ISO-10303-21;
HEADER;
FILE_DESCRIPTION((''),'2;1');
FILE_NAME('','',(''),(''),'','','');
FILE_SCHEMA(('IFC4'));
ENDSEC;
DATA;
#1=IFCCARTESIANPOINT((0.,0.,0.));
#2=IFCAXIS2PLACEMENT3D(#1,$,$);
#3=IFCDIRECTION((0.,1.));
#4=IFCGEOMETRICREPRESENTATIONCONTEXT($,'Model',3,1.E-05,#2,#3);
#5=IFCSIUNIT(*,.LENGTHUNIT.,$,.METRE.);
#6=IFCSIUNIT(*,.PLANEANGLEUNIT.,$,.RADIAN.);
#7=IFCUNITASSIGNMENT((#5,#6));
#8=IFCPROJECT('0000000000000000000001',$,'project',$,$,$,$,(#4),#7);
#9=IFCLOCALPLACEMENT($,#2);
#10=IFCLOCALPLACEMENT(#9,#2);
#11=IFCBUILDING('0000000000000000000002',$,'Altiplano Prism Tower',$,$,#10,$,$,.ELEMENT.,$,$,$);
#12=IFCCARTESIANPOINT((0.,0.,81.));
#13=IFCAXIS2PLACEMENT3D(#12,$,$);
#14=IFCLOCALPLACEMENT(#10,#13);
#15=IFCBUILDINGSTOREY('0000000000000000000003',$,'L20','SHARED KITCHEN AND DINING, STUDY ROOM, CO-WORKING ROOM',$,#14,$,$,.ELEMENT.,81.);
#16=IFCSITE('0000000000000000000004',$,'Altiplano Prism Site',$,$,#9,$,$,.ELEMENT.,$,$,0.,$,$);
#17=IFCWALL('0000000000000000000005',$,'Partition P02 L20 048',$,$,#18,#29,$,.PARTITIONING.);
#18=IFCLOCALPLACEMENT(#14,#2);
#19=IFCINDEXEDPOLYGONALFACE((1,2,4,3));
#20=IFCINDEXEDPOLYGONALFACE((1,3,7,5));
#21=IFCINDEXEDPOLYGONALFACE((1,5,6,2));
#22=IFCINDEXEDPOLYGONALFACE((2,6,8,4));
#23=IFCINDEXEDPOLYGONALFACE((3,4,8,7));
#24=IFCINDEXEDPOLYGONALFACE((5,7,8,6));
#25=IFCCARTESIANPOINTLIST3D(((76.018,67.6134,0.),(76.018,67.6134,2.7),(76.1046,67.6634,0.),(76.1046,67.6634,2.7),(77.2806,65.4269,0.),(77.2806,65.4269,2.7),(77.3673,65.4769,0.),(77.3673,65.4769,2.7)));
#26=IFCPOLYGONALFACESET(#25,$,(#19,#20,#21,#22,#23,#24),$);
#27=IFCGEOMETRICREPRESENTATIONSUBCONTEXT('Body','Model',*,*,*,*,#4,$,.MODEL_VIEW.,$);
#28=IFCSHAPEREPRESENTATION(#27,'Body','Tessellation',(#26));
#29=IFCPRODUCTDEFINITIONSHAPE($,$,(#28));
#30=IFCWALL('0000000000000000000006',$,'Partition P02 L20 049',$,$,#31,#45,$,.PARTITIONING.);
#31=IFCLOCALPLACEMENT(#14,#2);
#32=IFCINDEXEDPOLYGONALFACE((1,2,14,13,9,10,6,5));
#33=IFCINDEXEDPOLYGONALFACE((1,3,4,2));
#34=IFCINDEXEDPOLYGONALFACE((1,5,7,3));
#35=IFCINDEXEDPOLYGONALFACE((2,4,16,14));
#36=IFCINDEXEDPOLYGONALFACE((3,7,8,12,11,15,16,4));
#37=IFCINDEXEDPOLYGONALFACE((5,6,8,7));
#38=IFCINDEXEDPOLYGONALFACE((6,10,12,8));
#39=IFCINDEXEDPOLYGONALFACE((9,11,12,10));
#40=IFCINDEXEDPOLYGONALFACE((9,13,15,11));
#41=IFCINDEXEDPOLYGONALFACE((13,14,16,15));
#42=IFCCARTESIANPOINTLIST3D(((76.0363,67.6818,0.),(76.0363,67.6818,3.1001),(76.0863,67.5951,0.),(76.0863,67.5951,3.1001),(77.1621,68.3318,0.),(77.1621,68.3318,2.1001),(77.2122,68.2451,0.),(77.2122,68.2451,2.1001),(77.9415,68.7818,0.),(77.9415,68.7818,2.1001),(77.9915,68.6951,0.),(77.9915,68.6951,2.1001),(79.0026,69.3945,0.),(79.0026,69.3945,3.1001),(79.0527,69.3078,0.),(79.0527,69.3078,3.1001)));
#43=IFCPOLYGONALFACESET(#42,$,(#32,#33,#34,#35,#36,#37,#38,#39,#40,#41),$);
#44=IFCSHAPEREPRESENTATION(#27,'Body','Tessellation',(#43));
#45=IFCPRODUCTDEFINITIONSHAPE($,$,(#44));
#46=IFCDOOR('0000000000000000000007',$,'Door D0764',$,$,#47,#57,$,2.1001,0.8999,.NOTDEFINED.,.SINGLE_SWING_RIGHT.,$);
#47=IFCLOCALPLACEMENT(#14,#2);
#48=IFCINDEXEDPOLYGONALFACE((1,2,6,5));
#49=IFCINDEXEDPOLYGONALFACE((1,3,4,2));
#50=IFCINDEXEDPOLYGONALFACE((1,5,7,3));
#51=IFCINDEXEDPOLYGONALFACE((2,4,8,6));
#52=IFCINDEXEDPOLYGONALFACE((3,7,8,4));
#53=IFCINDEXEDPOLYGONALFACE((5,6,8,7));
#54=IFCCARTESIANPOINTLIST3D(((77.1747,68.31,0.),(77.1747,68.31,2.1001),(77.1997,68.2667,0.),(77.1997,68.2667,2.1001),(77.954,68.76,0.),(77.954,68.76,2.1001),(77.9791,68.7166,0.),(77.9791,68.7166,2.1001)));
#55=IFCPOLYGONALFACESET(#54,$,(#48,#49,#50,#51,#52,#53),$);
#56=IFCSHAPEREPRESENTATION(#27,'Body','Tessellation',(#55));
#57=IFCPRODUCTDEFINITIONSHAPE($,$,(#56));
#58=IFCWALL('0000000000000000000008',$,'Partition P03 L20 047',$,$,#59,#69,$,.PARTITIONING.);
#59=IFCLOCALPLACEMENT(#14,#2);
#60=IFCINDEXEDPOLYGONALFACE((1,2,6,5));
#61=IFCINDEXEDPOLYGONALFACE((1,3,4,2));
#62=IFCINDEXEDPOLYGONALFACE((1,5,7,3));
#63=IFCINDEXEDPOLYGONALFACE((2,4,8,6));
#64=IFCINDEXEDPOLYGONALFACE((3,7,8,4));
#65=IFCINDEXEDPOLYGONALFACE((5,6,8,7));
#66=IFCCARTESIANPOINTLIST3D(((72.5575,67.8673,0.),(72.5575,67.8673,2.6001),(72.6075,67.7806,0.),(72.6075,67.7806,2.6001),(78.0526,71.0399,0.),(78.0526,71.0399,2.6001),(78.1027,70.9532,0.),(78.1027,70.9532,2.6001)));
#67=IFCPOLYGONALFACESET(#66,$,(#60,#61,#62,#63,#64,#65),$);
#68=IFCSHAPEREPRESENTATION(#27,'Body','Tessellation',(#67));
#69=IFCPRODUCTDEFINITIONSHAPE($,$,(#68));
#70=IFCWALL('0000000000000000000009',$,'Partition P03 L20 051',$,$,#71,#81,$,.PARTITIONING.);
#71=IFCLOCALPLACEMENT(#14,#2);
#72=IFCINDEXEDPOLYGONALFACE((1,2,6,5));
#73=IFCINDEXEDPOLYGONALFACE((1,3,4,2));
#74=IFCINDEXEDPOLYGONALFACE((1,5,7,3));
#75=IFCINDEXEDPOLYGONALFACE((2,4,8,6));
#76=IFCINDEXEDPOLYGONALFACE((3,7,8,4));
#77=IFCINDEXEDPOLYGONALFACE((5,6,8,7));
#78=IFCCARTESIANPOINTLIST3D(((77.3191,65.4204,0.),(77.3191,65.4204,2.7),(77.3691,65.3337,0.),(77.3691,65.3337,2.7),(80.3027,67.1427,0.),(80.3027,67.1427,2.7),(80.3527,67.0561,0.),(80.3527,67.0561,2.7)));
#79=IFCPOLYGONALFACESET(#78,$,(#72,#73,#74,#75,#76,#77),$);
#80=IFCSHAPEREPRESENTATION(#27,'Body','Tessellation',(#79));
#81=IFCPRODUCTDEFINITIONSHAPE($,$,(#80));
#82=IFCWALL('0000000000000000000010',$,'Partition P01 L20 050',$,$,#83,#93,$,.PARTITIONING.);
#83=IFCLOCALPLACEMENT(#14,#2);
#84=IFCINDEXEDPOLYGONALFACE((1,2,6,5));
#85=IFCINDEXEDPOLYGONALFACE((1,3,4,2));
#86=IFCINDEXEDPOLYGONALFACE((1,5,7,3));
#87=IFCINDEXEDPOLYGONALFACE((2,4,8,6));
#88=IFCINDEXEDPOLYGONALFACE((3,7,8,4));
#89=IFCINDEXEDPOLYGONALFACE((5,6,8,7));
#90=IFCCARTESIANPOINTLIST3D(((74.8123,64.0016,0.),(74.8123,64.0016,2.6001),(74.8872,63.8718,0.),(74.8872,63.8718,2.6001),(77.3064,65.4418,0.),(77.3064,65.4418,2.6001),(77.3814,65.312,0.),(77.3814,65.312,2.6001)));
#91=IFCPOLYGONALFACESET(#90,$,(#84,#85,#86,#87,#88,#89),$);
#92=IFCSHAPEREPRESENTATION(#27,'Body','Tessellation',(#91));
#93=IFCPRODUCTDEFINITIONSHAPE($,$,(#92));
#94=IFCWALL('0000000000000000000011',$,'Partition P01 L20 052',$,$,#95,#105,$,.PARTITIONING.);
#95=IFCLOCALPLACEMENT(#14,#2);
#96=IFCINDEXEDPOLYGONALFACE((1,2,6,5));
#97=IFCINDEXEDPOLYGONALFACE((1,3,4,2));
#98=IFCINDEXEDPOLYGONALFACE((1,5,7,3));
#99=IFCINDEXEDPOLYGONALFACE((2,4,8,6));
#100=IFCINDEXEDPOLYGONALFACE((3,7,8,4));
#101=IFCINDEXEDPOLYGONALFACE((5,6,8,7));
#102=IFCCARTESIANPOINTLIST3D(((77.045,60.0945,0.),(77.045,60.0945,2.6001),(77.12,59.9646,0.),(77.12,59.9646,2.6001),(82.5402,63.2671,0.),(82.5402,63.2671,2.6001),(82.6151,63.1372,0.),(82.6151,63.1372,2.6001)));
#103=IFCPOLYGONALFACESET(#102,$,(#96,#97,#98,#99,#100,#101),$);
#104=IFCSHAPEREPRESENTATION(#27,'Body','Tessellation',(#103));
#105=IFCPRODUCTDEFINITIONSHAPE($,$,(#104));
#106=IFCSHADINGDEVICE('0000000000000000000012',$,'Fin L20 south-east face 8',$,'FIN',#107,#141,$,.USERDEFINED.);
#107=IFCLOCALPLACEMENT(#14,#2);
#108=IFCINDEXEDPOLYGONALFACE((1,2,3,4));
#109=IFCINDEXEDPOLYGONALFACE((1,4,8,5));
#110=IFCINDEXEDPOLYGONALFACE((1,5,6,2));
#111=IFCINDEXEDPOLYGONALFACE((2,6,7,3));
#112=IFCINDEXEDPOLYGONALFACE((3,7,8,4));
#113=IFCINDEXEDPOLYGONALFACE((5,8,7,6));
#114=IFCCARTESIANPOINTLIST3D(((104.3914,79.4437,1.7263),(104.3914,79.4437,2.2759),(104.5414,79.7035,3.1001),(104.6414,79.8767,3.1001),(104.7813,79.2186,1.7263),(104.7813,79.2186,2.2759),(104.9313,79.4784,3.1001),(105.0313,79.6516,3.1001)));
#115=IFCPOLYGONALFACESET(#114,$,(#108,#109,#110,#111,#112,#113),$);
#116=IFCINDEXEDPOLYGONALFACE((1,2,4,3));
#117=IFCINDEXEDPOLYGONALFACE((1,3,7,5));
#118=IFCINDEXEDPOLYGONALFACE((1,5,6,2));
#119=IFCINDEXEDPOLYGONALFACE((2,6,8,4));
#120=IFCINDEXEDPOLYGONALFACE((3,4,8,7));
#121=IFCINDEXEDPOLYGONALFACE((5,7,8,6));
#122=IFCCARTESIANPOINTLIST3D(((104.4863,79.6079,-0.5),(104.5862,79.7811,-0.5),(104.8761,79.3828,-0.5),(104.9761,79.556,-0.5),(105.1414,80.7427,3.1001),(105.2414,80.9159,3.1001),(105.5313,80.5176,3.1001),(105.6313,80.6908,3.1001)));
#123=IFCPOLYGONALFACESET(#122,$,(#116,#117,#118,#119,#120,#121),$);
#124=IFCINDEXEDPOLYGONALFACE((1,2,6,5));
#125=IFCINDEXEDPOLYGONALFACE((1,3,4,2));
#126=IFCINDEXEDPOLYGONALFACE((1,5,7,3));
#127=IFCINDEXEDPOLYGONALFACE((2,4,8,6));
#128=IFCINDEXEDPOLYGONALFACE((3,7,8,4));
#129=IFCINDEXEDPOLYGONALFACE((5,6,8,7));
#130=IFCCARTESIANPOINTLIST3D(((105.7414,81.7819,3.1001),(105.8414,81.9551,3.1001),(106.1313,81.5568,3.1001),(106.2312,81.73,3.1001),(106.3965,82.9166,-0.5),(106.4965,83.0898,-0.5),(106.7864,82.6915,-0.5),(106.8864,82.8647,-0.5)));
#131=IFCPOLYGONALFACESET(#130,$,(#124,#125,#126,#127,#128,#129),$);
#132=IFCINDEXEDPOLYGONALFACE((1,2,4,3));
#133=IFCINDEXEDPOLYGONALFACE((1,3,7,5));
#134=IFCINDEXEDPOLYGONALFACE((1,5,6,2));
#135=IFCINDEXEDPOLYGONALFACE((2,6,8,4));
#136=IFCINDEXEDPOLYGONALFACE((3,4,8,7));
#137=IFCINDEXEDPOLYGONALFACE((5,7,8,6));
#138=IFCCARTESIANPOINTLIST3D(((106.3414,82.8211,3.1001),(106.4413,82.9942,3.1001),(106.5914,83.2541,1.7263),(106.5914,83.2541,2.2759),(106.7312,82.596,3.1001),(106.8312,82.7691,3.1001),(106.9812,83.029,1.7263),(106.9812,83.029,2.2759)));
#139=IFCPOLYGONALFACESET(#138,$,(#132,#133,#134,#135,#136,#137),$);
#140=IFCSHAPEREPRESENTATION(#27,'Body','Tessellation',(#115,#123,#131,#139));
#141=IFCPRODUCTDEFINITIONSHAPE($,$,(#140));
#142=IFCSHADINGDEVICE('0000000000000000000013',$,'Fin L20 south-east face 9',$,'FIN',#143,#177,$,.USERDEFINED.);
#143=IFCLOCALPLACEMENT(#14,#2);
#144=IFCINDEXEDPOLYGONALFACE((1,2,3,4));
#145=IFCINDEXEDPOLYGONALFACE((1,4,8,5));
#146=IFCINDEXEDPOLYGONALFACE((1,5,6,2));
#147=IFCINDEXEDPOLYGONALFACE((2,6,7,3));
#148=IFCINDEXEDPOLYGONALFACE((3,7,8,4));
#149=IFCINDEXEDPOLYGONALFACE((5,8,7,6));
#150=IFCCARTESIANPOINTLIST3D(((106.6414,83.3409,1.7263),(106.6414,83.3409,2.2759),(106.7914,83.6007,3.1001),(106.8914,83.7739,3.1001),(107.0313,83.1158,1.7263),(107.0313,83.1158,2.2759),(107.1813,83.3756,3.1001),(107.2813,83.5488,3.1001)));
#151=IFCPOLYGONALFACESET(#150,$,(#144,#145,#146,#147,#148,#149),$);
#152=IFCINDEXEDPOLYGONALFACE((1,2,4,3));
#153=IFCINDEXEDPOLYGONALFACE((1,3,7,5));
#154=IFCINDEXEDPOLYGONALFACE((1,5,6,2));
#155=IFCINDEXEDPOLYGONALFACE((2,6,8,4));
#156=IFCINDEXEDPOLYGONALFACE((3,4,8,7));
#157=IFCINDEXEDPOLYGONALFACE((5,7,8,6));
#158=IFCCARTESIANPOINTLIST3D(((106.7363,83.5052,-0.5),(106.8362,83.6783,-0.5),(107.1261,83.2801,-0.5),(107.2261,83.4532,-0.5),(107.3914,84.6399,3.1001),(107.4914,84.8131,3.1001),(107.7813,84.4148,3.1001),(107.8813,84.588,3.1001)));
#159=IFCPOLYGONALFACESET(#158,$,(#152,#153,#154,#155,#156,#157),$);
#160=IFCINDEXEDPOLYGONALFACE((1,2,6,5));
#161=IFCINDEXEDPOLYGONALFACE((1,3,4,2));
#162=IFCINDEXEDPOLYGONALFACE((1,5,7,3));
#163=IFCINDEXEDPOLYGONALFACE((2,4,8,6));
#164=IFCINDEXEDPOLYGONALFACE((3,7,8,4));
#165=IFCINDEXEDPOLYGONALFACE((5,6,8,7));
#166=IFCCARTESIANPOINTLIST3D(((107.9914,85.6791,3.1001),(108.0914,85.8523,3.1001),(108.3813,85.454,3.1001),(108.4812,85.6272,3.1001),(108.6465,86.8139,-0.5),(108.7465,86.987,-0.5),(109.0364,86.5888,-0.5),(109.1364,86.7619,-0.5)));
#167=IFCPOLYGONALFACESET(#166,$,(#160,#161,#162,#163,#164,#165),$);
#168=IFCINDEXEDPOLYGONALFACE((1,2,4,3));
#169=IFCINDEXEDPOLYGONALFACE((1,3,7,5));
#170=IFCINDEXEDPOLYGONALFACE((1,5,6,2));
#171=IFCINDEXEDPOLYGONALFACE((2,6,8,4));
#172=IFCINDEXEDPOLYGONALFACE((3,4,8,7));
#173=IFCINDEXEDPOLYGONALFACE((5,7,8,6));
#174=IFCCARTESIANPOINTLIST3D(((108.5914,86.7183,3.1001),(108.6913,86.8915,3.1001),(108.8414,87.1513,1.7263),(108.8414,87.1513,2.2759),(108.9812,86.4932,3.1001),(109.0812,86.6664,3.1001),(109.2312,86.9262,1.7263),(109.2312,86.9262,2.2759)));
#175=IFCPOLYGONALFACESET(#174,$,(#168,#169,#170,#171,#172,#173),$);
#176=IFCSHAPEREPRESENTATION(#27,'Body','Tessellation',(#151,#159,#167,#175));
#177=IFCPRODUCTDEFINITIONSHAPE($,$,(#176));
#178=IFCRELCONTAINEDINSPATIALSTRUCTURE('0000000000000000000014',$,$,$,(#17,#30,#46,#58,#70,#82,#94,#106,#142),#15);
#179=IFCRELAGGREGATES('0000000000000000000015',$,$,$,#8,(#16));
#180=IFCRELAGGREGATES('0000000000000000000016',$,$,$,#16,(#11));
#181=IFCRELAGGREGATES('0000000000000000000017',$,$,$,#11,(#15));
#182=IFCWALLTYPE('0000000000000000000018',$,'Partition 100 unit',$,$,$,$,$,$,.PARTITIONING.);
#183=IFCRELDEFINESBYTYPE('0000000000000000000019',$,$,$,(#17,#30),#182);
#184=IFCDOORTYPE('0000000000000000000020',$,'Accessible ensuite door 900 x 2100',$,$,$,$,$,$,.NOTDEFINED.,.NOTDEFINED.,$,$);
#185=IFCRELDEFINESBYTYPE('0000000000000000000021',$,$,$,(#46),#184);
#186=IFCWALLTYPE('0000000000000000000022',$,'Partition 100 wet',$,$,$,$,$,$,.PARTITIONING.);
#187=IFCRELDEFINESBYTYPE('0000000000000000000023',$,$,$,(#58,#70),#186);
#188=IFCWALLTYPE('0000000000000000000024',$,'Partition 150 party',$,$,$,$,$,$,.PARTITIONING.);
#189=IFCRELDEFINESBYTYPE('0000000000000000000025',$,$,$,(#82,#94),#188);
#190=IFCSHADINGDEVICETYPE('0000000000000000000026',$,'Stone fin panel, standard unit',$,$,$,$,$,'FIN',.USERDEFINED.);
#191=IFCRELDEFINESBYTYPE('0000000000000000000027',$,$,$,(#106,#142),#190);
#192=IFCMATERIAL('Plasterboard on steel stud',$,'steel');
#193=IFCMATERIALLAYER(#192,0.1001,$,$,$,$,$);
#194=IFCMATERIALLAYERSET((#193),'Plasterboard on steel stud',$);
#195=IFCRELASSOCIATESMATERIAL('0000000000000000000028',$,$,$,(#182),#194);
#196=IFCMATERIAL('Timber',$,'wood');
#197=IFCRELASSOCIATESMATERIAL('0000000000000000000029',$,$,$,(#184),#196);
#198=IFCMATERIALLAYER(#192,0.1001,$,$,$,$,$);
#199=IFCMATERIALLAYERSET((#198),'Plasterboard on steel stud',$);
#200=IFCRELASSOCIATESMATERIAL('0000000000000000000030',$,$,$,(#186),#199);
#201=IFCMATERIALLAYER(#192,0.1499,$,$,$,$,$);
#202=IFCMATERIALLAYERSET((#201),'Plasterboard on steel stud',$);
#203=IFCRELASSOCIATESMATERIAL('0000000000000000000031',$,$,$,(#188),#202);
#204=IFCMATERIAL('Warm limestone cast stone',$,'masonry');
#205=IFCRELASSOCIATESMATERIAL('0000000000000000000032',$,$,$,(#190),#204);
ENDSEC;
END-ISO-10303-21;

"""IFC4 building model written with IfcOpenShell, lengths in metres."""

from ifc_helpers import new_model, si_unit, direction, frame, frame_2d, origin, place, context, subcontext, project, spatial, polyline, rectangle, outline, extrude, source, transform, mapped, material, layer, layer_set, type_object, element, fill, save


model = new_model("IFC4")

# Units and contexts
model_context = context("Model", 3, precision=1e-05, world=origin(), true_north=direction((0.0, 1.0)))
body_context = subcontext(model_context, "Body", "Model", "MODEL_VIEW")
ifc_project = project(units=[si_unit("LENGTHUNIT", "METRE"), si_unit("PLANEANGLEUNIT", "RADIAN")], contexts=[model_context])

# Site, building, storey
site_placement = place(None, origin())
site = spatial("IfcSite", under=ifc_project, at=site_placement, Name="Altiplano Prism Site", CompositionType="ELEMENT", RefElevation=0.0)
building_placement = place(site_placement, origin())
building = spatial("IfcBuilding", under=site, at=building_placement, Name="Altiplano Prism Tower", CompositionType="ELEMENT")
storey_placement = place(building_placement, frame((0.0, 0.0, 81.0)))
storey = spatial("IfcBuildingStorey", under=building, at=storey_placement, Name="L20", Description="SHARED KITCHEN AND DINING, STUDY ROOM, CO-WORKING ROOM", CompositionType="ELEMENT", Elevation=81.0)

# Wall
ifc_material_1 = material(Name="Plasterboard on steel stud", Category="steel")
ifc_layer_1 = layer(ifc_material_1, 0.1001)
ifc_layer_set_1 = layer_set([ifc_layer_1], Name="Plasterboard on steel stud")
wall_type_1 = type_object("IfcWallType", Name="Partition 100 unit", PredefinedType="PARTITIONING", material=ifc_layer_set_1)
wall_1_placement = place(storey_placement, frame((77.324, 65.4519, 0.0), z_axis=(0.0, 0.0, 1.0), x_axis=(-0.500091, 0.865973, 0.0)))
element("IfcWall", 1, at=wall_1_placement, inside=storey, type_object=wall_type_1, Name="Partition P02 L20 048", PredefinedType="PARTITIONING", context=body_context, shape_type="SweptSolid", body=[
    extrude(rectangle(XDim=2.5249, YDim=0.1001, at=frame_2d((1.2625, 0.0))), origin(), (0.0, 0.0, 1.0), 2.7),
])

# Wall, opening, door
wall_2_placement = place(storey_placement, frame((76.0613, 67.6384, 0.0), z_axis=(0.0, 0.0, 1.0), x_axis=(0.866019, 0.50001, 0.0)))
wall_2 = element("IfcWall", 2, at=wall_2_placement, inside=storey, type_object=wall_type_1, Name="Partition P02 L20 049", PredefinedType="PARTITIONING", context=body_context, shape_type="SweptSolid", body=[
    extrude(rectangle(XDim=3.4253, YDim=0.1001, at=frame_2d((1.7126, 0.0))), origin(), (0.0, 0.0, 1.0), 3.1001),
])
opening_placement = place(wall_2_placement, frame((1.3, 0.0, 0.0)))
opening = element("IfcOpeningElement", 3, at=opening_placement, cuts=wall_2, PredefinedType="OPENING", context=body_context, shape_type="SweptSolid", body=[
    extrude(rectangle(XDim=0.8999, YDim=2.1001, at=frame_2d((0.45, 1.05))), frame((0.0, 0.0605, 0.0), z_axis=(0.0, -1.0, 0.0), x_axis=(1.0, 0.0, 0.0)), (0.0, 0.0, 1.0), 0.1211),
])
ifc_material_2 = material(Name="Timber", Category="wood")
door_type = type_object("IfcDoorType", Name="Accessible ensuite door 900 x 2100", OperationType="NOTDEFINED", PredefinedType="NOTDEFINED", material=ifc_material_2)
door_placement = place(opening_placement, origin())
door = element("IfcDoor", 4, at=door_placement, inside=storey, type_object=door_type, Name="Door D0764", OperationType="SINGLE_SWING_RIGHT", OverallHeight=2.1001, OverallWidth=0.8999, PredefinedType="NOTDEFINED", context=body_context, shape_type="SweptSolid", body=[
    extrude(rectangle(XDim=0.8999, YDim=2.1001, at=frame_2d((0.45, 1.05))), frame((0.0, 0.0249, 0.0), z_axis=(0.0, -1.0, 0.0), x_axis=(1.0, 0.0, 0.0)), (0.0, 0.0, 1.0), 0.05),
])
fill(opening, door)

# Walls
ifc_layer_2 = layer(ifc_material_1, 0.1001)
ifc_layer_set_2 = layer_set([ifc_layer_2], Name="Plasterboard on steel stud")
wall_type_2 = type_object("IfcWallType", Name="Partition 100 wet", PredefinedType="PARTITIONING", material=ifc_layer_set_2)
wall_3_placement = place(storey_placement, frame((72.5825, 67.824, 0.0), z_axis=(0.0, 0.0, 1.0), x_axis=(0.866025, 0.5, 0.0)))
element("IfcWall", 5, at=wall_3_placement, inside=storey, type_object=wall_type_2, Name="Partition P03 L20 047", PredefinedType="PARTITIONING", context=body_context, shape_type="SweptSolid", body=[
    extrude(rectangle(XDim=6.3452, YDim=0.1001, at=frame_2d((3.1726, 0.0))), origin(), (0.0, 0.0, 1.0), 2.6001),
])
wall_4_placement = place(storey_placement, frame((77.344, 65.377, 0.0), z_axis=(0.0, 0.0, 1.0), x_axis=(0.86605, 0.499958, 0.0)))
element("IfcWall", 6, at=wall_4_placement, inside=storey, type_object=wall_type_2, Name="Partition P03 L20 051", PredefinedType="PARTITIONING", context=body_context, shape_type="SweptSolid", body=[
    extrude(rectangle(XDim=3.4451, YDim=0.1001, at=frame_2d((1.7227, 0.0))), origin(), (0.0, 0.0, 1.0), 2.7),
])
ifc_layer_3 = layer(ifc_material_1, 0.1499)
ifc_layer_set_3 = layer_set([ifc_layer_3], Name="Plasterboard on steel stud")
wall_type_3 = type_object("IfcWallType", Name="Partition 150 party", PredefinedType="PARTITIONING", material=ifc_layer_set_3)
wall_5_placement = place(storey_placement, frame((74.8499, 63.9368, 0.0), z_axis=(0.0, 0.0, 1.0), x_axis=(0.865996, 0.50005, 0.0)))
element("IfcWall", 7, at=wall_5_placement, inside=storey, type_object=wall_type_3, Name="Partition P01 L20 050", PredefinedType="PARTITIONING", context=body_context, shape_type="SweptSolid", body=[
    extrude(rectangle(XDim=2.8801, YDim=0.1499, at=frame_2d((1.4399, 0.0))), origin(), (0.0, 0.0, 1.0), 2.6001),
])
wall_6_placement = place(storey_placement, frame((77.0825, 60.0295, 0.0), z_axis=(0.0, 0.0, 1.0), x_axis=(0.866025, 0.5, 0.0)))
element("IfcWall", 8, at=wall_6_placement, inside=storey, type_object=wall_type_3, Name="Partition P01 L20 052", PredefinedType="PARTITIONING", context=body_context, shape_type="SweptSolid", body=[
    extrude(rectangle(XDim=6.3452, YDim=0.1499, at=frame_2d((3.1726, 0.0))), origin(), (0.0, 0.0, 1.0), 2.6001),
])

# Shading devices
ifc_material_3 = material(Name="Warm limestone cast stone", Category="masonry")
shading_device_type_1 = type_object("IfcShadingDeviceType", Name="Stone fin panel, standard unit", ElementType="FIN", PredefinedType="USERDEFINED", material=ifc_material_3)
shared_shape_1 = source(origin(), body_context, "Body", "SweptSolid", [
    extrude(outline(polyline([(-2.2, 2.2263), (-1.7, 3.6001), (-1.8999, 3.6001), (-2.2, 2.7759), (-2.2, 2.2263)])), frame((0.0, -0.1499, 0.0), z_axis=(0.0, -1.0, 0.0), x_axis=(1.0, 0.0, 0.0)), (0.0, 0.0, 1.0), 0.4502),
    extrude(outline(polyline([(-2.0103, 0.0), (-1.8103, 0.0), (-0.5, 3.6001), (-0.7, 3.6001), (-2.0103, 0.0)])), frame((0.0, -0.1499, 0.0), z_axis=(0.0, -1.0, 0.0), x_axis=(1.0, 0.0, 0.0)), (0.0, 0.0, 1.0), 0.4502),
    extrude(outline(polyline([(1.8103, 0.0), (2.0103, 0.0), (0.7, 3.6001), (0.5, 3.6001), (1.8103, 0.0)])), frame((0.0, -0.1499, 0.0), z_axis=(0.0, -1.0, 0.0), x_axis=(1.0, 0.0, 0.0)), (0.0, 0.0, 1.0), 0.4502),
    extrude(outline(polyline([(2.2, 2.7759), (1.8999, 3.6001), (1.7, 3.6001), (2.2, 2.2263), (2.2, 2.7759)])), frame((0.0, -0.1499, 0.0), z_axis=(0.0, -1.0, 0.0), x_axis=(1.0, 0.0, 0.0)), (0.0, 0.0, 1.0), 0.4502),
])
shading_device_1_placement = place(storey_placement, origin())
element("IfcShadingDevice", 9, at=shading_device_1_placement, inside=storey, type_object=shading_device_type_1, Name="Fin L20 south-east face 8", ObjectType="FIN", PredefinedType="USERDEFINED", context=body_context, shape_type="MappedRepresentation", body=[
    mapped(shared_shape_1, transform((105.3616, 81.4238, -0.5), x_axis=(0.5, 0.866025, 0.0), y_axis=(-0.866025, 0.5, 0.0), z_axis=(0.0, 0.0, 1.0))),
])
shading_device_2_placement = place(storey_placement, origin())
element("IfcShadingDevice", 10, at=shading_device_2_placement, inside=storey, type_object=shading_device_type_1, Name="Fin L20 south-east face 9", ObjectType="FIN", PredefinedType="USERDEFINED", context=body_context, shape_type="MappedRepresentation", body=[
    mapped(shared_shape_1, transform((107.6116, 85.321, -0.5), x_axis=(0.5, 0.866025, 0.0), y_axis=(-0.866025, 0.5, 0.0), z_axis=(0.0, 0.0, 1.0))),
])

save(model, "model.ifc")
